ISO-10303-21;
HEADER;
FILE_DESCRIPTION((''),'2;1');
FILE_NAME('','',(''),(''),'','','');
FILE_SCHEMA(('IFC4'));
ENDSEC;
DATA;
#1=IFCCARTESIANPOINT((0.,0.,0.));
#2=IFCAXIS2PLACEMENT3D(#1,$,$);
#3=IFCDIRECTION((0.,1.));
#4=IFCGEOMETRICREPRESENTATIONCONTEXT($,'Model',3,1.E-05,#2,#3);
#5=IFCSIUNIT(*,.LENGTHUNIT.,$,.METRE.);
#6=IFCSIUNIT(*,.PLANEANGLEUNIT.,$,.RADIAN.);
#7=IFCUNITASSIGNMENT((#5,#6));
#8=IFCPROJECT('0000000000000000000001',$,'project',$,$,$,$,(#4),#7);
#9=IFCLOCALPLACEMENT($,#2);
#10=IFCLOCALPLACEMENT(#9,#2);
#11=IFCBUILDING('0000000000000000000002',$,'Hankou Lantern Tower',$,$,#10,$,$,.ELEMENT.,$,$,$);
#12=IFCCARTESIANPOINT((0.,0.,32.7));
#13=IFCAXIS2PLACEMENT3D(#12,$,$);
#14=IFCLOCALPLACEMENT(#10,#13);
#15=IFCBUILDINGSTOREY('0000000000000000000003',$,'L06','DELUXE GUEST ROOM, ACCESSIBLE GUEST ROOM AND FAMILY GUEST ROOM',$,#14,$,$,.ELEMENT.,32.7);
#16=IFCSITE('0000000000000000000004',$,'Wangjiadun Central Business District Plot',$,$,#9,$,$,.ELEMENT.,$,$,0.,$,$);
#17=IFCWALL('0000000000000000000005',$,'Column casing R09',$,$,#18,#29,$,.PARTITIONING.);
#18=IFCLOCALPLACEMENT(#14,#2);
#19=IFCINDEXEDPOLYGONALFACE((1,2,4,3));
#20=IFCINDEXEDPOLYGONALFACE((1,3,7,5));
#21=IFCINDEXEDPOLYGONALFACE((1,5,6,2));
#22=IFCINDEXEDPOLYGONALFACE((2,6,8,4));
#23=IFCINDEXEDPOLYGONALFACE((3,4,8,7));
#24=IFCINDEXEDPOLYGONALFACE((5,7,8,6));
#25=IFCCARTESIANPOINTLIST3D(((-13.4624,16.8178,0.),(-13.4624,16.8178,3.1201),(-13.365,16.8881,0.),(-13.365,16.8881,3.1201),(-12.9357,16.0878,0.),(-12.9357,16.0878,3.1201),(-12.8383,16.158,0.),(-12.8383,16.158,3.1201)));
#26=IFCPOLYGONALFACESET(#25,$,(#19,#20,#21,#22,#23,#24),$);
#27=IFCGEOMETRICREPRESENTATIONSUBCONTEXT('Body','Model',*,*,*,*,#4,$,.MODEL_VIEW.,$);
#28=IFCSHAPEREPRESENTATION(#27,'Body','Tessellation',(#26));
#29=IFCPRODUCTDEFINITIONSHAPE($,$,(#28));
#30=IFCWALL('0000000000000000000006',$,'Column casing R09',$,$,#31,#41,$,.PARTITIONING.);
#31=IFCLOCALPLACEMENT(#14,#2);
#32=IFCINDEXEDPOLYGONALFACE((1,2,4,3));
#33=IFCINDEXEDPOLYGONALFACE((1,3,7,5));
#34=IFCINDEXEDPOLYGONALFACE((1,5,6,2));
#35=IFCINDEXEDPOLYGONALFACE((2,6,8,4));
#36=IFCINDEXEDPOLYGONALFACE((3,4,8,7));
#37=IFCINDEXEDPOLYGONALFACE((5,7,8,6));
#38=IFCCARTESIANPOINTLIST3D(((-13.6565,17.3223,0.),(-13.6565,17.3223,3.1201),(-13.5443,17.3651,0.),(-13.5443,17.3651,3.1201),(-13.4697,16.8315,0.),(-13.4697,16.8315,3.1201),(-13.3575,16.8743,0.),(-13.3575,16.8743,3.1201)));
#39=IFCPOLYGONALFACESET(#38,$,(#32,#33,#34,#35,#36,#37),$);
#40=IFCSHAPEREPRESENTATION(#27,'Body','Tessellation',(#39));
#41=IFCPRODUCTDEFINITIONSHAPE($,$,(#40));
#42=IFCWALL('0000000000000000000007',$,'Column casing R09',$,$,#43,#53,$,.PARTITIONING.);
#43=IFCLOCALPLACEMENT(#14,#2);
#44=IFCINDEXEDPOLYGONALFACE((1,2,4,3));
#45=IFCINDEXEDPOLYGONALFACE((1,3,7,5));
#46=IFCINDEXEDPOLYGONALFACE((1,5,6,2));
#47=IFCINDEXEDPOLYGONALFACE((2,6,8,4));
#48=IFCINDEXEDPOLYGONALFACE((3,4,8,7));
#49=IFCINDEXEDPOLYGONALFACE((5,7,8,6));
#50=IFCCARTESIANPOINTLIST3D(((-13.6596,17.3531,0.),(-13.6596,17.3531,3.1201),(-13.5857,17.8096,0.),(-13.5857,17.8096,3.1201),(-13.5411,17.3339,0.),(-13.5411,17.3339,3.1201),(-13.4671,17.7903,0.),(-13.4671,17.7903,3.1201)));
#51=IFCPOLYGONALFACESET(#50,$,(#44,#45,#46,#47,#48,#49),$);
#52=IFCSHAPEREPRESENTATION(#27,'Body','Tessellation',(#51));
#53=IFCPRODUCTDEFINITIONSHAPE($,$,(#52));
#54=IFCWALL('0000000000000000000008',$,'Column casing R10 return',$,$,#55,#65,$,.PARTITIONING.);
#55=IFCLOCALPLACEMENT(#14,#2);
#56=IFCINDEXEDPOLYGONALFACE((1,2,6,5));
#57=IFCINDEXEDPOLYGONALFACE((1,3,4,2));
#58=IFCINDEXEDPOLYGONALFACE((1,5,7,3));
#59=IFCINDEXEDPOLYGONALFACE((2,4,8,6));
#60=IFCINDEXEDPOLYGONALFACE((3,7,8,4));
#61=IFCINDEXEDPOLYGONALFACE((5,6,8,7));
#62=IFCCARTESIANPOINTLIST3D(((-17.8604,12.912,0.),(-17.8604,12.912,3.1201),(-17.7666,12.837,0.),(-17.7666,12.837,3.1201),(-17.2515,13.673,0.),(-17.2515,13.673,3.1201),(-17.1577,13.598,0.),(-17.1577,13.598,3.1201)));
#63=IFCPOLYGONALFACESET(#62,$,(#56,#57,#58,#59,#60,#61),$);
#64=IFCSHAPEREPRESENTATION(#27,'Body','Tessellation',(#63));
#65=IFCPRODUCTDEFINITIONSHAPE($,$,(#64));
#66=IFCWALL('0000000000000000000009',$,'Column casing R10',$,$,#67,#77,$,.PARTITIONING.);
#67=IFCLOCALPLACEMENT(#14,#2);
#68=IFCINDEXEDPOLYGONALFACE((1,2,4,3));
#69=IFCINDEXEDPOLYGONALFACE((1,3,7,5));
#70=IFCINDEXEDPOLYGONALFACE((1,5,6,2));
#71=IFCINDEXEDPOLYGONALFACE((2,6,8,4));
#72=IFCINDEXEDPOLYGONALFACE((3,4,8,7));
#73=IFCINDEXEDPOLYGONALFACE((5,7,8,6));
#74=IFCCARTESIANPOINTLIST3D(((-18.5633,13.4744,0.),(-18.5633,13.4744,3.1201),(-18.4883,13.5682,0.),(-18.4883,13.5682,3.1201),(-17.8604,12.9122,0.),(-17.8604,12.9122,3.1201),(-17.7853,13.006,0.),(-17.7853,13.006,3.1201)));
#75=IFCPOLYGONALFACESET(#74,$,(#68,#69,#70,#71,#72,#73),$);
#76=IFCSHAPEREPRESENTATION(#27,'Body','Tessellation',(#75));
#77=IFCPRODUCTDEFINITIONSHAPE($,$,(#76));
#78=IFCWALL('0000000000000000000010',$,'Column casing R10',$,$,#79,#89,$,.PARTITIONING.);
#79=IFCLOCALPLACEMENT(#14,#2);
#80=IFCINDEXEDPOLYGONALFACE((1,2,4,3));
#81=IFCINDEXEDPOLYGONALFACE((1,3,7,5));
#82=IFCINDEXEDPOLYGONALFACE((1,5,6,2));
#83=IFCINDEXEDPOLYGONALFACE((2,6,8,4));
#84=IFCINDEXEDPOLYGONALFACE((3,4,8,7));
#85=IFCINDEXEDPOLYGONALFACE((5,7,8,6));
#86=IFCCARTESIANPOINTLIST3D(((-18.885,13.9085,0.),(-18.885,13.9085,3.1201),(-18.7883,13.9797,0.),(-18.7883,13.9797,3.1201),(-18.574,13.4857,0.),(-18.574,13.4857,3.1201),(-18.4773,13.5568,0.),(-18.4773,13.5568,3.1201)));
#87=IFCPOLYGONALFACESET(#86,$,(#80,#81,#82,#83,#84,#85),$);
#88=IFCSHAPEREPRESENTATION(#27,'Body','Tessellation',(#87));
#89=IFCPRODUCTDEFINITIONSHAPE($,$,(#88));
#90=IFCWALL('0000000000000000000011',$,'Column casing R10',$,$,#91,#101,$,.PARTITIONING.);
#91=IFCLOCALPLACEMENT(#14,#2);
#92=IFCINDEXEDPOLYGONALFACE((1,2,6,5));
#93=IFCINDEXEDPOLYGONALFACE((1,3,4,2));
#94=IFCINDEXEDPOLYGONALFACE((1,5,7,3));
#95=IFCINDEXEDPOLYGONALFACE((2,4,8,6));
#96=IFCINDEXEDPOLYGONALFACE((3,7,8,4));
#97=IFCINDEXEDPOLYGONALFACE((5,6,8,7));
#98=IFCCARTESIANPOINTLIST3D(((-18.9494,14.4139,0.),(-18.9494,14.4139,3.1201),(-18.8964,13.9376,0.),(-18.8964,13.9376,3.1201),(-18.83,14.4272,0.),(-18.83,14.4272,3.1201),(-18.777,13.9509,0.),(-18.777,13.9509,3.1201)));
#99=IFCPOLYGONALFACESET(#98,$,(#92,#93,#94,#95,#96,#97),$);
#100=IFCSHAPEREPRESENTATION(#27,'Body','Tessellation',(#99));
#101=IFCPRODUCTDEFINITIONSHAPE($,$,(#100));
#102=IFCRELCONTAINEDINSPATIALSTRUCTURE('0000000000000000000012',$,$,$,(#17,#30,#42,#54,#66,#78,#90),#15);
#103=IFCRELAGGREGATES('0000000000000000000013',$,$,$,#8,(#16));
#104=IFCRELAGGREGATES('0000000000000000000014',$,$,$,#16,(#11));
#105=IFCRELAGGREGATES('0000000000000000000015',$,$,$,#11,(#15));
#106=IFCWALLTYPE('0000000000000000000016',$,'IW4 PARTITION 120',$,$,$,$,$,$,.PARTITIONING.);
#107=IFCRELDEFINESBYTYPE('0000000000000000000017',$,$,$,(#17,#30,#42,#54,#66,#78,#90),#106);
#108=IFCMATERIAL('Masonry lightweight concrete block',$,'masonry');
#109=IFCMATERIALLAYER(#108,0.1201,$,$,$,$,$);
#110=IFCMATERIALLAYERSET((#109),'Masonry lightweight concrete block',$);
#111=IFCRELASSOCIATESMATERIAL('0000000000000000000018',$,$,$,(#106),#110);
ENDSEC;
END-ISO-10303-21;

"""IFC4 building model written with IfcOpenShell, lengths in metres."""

from ifc_helpers import new_model, si_unit, direction, frame, frame_2d, origin, place, context, subcontext, project, spatial, rectangle, extrude, material, layer, layer_set, type_object, element, save


model = new_model("IFC4")

# Units and contexts
model_context = context("Model", 3, precision=1e-05, world=origin(), true_north=direction((0.0, 1.0)))
body_context = subcontext(model_context, "Body", "Model", "MODEL_VIEW")
ifc_project = project(units=[si_unit("LENGTHUNIT", "METRE"), si_unit("PLANEANGLEUNIT", "RADIAN")], contexts=[model_context])

# Site, building, storey
site_placement = place(None, origin())
site = spatial("IfcSite", under=ifc_project, at=site_placement, Name="Wangjiadun Central Business District Plot", CompositionType="ELEMENT", RefElevation=0.0)
building_placement = place(site_placement, origin())
building = spatial("IfcBuilding", under=site, at=building_placement, Name="Hankou Lantern Tower", CompositionType="ELEMENT")
storey_placement = place(building_placement, frame((0.0, 0.0, 32.7)))
storey = spatial("IfcBuildingStorey", under=building, at=storey_placement, Name="L06", Description="DELUXE GUEST ROOM, ACCESSIBLE GUEST ROOM AND FAMILY GUEST ROOM", CompositionType="ELEMENT", Elevation=32.7)

# Walls
ifc_material_1 = material(Name="Masonry lightweight concrete block", Category="masonry")
ifc_layer_1 = layer(ifc_material_1, 0.1201)
ifc_layer_set_1 = layer_set([ifc_layer_1], Name="Masonry lightweight concrete block")
wall_type_1 = type_object("IfcWallType", Name="IW4 PARTITION 120", PredefinedType="PARTITIONING", material=ifc_layer_set_1)
wall_1_placement = place(storey_placement, frame((-12.887, 16.1228, 0.0), z_axis=(0.0, 0.0, 1.0), x_axis=(-0.585055, 0.810994, 0.0)))
element("IfcWall", 1, at=wall_1_placement, inside=storey, type_object=wall_type_1, Name="Column casing R09", PredefinedType="PARTITIONING", context=body_context, shape_type="SweptSolid", body=[
    extrude(rectangle(XDim=0.9001, YDim=0.1201, at=frame_2d((0.4502, 0.0))), origin(), (0.0, 0.0, 1.0), 3.1201),
])
wall_2_placement = place(storey_placement, frame((-13.4136, 16.8528, 0.0), z_axis=(0.0, 0.0, 1.0), x_axis=(-0.355705, 0.934598, 0.0)))
element("IfcWall", 2, at=wall_2_placement, inside=storey, type_object=wall_type_1, Name="Column casing R09", PredefinedType="PARTITIONING", context=body_context, shape_type="SweptSolid", body=[
    extrude(rectangle(XDim=0.5251, YDim=0.1201, at=frame_2d((0.2627, 0.0))), origin(), (0.0, 0.0, 1.0), 3.1201),
])
wall_3_placement = place(storey_placement, frame((-13.6003, 17.3435, 0.0), z_axis=(0.0, 0.0, 1.0), x_axis=(0.159946, 0.987126, 0.0)))
element("IfcWall", 3, at=wall_3_placement, inside=storey, type_object=wall_type_1, Name="Column casing R09", PredefinedType="PARTITIONING", context=body_context, shape_type="SweptSolid", body=[
    extrude(rectangle(XDim=0.4624, YDim=0.1201, at=frame_2d((0.2312, 0.0))), origin(), (0.0, 0.0, 1.0), 3.1201),
])
wall_4_placement = place(storey_placement, frame((-17.2046, 13.6355, 0.0), z_axis=(0.0, 0.0, 1.0), x_axis=(-0.624756, -0.78082, 0.0)))
element("IfcWall", 4, at=wall_4_placement, inside=storey, type_object=wall_type_1, Name="Column casing R10 return", PredefinedType="PARTITIONING", context=body_context, shape_type="SweptSolid", body=[
    extrude(rectangle(XDim=0.9746, YDim=0.1201, at=frame_2d((0.4873, 0.0))), origin(), (0.0, 0.0, 1.0), 3.1201),
])
wall_5_placement = place(storey_placement, frame((-17.8228, 12.959, 0.0), z_axis=(0.0, 0.0, 1.0), x_axis=(-0.780895, 0.624662, 0.0)))
element("IfcWall", 5, at=wall_5_placement, inside=storey, type_object=wall_type_1, Name="Column casing R10", PredefinedType="PARTITIONING", context=body_context, shape_type="SweptSolid", body=[
    extrude(rectangle(XDim=0.9001, YDim=0.1201, at=frame_2d((0.4502, 0.0))), origin(), (0.0, 0.0, 1.0), 3.1201),
])
wall_6_placement = place(storey_placement, frame((-18.5256, 13.5212, 0.0), z_axis=(0.0, 0.0, 1.0), x_axis=(-0.592533, 0.805547, 0.0)))
element("IfcWall", 6, at=wall_6_placement, inside=storey, type_object=wall_type_1, Name="Column casing R10", PredefinedType="PARTITIONING", context=body_context, shape_type="SweptSolid", body=[
    extrude(rectangle(XDim=0.5249, YDim=0.1201, at=frame_2d((0.2625, 0.0))), origin(), (0.0, 0.0, 1.0), 3.1201),
])
wall_7_placement = place(storey_placement, frame((-18.8367, 13.9441, 0.0), z_axis=(0.0, 0.0, 1.0), x_axis=(-0.110543, 0.993871, 0.0)))
element("IfcWall", 7, at=wall_7_placement, inside=storey, type_object=wall_type_1, Name="Column casing R10", PredefinedType="PARTITIONING", context=body_context, shape_type="SweptSolid", body=[
    extrude(rectangle(XDim=0.4792, YDim=0.1201, at=frame_2d((0.2397, 0.0))), origin(), (0.0, 0.0, 1.0), 3.1201),
])

save(model, "model.ifc")
